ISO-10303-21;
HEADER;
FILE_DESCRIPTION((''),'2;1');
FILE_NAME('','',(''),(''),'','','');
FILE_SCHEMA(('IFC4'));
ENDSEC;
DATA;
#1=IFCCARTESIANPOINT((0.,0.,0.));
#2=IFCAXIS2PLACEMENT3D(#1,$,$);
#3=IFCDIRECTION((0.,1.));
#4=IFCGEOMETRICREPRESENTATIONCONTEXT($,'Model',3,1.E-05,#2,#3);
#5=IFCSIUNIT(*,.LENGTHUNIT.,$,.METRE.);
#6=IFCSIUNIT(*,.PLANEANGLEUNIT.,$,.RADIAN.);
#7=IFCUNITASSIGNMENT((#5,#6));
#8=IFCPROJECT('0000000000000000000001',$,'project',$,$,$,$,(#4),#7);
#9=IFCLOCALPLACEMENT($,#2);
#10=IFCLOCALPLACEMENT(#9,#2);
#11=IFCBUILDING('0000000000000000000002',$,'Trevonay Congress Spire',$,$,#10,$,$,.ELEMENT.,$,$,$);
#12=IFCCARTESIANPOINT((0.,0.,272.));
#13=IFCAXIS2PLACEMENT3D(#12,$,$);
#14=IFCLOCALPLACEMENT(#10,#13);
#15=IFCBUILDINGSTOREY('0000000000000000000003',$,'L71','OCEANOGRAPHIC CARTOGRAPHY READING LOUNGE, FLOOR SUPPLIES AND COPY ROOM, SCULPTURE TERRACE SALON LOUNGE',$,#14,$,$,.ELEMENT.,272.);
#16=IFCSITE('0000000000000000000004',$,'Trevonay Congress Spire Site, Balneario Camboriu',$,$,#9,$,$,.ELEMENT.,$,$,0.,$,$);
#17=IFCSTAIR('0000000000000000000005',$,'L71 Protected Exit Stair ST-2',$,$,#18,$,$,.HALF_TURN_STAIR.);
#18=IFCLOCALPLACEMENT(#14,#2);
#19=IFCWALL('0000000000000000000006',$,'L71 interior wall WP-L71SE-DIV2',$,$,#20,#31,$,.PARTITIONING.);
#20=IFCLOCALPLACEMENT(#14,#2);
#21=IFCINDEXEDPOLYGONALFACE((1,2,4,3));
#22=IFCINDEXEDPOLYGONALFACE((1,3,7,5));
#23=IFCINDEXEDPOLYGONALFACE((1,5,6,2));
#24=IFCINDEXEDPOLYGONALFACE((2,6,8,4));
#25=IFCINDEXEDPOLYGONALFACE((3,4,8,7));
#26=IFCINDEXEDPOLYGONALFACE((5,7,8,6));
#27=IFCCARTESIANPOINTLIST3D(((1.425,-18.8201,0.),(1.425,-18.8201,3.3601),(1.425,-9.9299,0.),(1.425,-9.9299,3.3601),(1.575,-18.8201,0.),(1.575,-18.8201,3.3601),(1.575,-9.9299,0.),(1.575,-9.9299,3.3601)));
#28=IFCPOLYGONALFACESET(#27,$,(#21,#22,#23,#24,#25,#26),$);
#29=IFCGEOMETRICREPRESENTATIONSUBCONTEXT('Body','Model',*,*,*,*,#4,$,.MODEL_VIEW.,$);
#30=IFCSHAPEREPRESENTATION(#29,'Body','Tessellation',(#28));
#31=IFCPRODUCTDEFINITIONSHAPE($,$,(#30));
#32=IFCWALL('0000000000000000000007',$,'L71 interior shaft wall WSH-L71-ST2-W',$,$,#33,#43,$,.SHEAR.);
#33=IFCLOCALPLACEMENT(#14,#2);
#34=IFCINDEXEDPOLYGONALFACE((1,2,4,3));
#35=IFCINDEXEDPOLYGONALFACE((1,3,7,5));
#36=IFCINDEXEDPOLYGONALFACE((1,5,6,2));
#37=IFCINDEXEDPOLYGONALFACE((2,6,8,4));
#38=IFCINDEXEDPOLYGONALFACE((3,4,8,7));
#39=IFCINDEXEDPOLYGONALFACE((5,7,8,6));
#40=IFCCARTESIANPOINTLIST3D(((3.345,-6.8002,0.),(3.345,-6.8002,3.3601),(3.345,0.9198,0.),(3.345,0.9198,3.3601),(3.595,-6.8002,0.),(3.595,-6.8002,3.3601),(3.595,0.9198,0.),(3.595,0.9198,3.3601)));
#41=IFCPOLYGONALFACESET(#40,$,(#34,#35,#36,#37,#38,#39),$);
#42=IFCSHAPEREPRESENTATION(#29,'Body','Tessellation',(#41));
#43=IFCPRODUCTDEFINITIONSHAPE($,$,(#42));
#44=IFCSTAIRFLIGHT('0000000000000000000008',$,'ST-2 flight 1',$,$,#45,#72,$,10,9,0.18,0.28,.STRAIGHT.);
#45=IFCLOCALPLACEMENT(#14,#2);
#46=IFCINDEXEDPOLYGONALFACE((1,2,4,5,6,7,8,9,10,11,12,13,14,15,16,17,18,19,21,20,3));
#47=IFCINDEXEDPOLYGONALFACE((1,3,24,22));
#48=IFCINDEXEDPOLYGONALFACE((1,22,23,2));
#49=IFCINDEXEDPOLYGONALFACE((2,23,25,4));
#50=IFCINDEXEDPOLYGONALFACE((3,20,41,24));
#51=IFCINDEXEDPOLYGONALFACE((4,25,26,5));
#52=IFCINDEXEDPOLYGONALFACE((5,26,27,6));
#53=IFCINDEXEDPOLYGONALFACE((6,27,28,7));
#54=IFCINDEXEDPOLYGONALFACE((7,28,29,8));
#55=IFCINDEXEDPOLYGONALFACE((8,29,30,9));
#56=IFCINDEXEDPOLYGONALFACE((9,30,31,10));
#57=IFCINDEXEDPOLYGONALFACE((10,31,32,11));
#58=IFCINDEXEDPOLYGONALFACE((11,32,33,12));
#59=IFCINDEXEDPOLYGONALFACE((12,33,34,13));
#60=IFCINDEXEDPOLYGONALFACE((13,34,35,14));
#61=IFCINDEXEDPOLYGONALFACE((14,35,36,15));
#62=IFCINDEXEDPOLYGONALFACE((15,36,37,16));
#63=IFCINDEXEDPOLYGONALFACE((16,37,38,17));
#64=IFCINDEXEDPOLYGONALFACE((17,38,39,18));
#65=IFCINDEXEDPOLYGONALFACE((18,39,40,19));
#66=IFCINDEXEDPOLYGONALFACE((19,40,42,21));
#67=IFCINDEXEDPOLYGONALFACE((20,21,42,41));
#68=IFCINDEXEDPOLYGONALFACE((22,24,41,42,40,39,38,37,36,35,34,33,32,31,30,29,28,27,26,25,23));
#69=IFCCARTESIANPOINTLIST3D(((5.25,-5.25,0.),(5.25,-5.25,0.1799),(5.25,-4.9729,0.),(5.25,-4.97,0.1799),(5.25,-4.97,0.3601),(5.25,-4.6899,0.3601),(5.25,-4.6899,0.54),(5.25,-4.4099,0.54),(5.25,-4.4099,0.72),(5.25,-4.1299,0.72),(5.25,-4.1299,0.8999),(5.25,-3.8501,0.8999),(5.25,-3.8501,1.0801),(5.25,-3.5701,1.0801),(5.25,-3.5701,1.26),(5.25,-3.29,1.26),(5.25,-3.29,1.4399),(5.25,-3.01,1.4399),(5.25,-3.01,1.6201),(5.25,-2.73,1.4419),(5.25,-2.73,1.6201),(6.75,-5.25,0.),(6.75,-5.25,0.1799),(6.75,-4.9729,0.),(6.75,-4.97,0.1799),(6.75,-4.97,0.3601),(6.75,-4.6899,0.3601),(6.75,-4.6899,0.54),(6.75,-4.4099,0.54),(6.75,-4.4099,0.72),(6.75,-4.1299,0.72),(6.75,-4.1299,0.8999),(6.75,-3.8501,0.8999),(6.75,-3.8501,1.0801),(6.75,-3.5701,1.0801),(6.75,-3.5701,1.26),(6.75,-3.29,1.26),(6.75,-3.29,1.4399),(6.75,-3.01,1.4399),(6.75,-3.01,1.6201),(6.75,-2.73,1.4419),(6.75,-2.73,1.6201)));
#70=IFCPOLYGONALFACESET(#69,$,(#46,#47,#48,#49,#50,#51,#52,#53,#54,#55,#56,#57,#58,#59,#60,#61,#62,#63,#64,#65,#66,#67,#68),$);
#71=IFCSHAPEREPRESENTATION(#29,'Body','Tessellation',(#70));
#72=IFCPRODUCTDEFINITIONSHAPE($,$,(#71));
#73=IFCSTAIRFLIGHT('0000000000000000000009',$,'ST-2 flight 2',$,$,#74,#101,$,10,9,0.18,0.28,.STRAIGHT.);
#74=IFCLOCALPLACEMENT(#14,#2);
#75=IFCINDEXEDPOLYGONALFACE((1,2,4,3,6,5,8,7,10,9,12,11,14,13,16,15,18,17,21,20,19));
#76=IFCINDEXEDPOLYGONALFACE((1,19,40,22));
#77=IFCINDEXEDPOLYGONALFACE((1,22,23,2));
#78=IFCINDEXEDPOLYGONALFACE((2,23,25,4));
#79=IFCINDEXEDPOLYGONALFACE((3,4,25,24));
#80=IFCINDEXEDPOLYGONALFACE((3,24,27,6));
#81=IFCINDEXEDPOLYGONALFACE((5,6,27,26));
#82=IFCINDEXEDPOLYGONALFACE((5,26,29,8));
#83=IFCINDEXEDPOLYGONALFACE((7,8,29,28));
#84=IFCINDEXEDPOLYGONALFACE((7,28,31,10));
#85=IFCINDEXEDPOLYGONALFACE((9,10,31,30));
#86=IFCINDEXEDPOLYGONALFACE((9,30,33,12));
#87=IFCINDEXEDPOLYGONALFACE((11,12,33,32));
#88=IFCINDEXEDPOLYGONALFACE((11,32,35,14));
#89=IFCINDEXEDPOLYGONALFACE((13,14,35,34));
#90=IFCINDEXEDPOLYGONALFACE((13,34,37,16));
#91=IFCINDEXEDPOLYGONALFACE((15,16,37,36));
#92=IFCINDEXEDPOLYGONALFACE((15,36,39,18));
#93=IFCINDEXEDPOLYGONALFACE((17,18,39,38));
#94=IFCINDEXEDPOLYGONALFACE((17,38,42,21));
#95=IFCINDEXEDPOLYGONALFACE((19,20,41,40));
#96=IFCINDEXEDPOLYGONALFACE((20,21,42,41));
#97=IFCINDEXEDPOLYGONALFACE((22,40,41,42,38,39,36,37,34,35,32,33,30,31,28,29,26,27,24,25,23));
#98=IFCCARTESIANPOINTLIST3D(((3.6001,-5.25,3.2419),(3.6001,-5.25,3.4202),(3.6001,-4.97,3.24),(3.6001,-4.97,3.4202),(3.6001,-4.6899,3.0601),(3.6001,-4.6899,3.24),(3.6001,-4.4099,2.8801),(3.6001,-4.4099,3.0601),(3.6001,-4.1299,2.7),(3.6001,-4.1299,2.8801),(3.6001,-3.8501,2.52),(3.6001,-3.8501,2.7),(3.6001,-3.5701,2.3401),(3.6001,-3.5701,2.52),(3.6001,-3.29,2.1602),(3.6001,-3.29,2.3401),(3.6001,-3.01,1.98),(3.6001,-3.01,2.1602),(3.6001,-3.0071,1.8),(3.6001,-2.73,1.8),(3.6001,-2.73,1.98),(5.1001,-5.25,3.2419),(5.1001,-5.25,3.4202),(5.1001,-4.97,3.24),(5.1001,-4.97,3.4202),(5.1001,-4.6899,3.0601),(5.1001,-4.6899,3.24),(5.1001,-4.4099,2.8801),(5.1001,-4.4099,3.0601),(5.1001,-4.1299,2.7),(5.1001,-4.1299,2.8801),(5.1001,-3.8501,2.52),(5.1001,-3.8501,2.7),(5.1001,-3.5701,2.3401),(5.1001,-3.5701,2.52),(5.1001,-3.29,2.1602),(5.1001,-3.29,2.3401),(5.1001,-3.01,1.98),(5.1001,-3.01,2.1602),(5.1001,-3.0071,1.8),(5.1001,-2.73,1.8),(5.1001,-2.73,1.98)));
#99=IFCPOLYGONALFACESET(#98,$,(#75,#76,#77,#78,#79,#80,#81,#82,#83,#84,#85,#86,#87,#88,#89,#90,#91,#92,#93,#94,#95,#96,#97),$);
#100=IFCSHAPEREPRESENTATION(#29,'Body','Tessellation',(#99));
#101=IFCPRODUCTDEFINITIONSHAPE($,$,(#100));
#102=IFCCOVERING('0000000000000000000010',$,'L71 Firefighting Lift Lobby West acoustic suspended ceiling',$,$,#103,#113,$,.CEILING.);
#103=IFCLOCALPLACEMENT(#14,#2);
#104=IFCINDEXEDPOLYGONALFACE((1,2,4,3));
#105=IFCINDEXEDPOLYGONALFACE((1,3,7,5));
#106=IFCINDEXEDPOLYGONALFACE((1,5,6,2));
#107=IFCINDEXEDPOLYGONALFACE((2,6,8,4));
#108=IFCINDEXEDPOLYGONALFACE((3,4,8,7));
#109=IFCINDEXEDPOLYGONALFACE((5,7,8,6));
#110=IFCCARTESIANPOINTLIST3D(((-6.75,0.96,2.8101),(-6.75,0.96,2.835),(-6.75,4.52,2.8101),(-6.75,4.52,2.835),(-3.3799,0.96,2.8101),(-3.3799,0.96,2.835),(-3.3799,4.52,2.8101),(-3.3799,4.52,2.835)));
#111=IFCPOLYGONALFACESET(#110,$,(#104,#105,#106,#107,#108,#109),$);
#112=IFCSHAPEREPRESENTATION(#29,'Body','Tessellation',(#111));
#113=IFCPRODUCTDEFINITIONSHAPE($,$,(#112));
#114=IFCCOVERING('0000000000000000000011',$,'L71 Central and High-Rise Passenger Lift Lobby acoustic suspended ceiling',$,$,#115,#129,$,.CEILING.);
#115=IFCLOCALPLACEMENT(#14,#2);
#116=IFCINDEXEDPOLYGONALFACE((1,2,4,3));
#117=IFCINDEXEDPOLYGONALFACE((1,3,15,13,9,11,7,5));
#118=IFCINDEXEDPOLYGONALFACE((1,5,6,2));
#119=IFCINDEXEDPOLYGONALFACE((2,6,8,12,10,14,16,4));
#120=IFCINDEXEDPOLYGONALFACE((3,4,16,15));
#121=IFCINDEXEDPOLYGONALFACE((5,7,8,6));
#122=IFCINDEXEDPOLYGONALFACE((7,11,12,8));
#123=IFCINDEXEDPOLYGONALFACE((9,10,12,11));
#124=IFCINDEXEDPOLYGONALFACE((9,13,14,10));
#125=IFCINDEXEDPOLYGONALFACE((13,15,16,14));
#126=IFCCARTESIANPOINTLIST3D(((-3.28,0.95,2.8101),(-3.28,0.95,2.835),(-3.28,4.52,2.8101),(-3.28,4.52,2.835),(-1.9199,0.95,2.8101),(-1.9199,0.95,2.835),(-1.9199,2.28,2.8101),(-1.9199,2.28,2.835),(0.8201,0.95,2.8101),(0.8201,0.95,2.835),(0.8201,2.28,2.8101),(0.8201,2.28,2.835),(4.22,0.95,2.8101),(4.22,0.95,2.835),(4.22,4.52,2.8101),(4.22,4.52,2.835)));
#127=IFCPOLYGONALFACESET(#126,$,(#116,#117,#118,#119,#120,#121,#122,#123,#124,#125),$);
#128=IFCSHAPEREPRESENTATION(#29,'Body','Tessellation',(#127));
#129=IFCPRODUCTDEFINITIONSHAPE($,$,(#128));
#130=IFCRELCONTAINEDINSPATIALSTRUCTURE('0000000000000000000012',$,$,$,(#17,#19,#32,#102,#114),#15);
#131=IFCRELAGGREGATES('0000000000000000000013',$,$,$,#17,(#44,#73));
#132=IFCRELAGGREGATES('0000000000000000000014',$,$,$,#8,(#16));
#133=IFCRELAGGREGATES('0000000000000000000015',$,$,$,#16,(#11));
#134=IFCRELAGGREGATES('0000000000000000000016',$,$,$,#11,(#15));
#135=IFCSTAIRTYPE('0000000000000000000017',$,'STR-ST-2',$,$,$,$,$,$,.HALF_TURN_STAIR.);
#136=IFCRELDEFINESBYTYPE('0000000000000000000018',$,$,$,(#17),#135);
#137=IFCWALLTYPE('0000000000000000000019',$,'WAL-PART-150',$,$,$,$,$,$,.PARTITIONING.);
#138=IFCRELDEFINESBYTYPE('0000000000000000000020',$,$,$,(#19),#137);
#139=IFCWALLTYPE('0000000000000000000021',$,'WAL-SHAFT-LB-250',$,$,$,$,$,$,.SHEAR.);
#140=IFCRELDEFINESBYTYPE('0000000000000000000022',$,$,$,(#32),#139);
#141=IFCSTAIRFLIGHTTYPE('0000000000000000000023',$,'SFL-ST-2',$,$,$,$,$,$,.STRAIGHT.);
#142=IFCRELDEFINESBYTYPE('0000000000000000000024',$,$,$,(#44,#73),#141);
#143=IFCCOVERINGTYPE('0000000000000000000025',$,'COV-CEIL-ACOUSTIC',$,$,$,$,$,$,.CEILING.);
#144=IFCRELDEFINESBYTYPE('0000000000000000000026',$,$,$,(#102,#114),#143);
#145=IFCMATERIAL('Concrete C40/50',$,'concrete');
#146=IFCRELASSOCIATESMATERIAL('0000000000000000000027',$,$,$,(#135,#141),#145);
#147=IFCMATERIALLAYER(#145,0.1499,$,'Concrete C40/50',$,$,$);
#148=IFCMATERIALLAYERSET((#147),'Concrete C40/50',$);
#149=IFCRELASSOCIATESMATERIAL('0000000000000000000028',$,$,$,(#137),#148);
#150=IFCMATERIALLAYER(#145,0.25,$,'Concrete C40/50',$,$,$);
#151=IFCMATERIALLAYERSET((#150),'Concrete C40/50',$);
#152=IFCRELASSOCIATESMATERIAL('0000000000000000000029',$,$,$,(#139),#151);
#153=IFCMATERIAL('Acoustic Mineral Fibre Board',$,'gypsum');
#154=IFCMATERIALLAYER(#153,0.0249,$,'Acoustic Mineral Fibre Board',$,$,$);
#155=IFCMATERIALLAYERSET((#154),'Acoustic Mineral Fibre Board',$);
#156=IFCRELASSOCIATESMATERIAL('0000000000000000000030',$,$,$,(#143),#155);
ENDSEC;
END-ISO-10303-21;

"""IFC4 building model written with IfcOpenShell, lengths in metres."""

from ifc_helpers import new_model, si_unit, direction, frame, frame_2d, origin, place, context, subcontext, project, spatial, polyline, rectangle, outline, extrude, material, layer, layer_set, type_object, element, aggregate, save


model = new_model("IFC4")

# Units and contexts
model_context = context("Model", 3, precision=1e-05, world=origin(), true_north=direction((0.0, 1.0)))
body_context = subcontext(model_context, "Body", "Model", "MODEL_VIEW")
ifc_project = project(units=[si_unit("LENGTHUNIT", "METRE"), si_unit("PLANEANGLEUNIT", "RADIAN")], contexts=[model_context])

# Site, building, storey
site_placement = place(None, origin())
site = spatial("IfcSite", under=ifc_project, at=site_placement, Name="Trevonay Congress Spire Site, Balneario Camboriu", CompositionType="ELEMENT", RefElevation=0.0)
building_placement = place(site_placement, origin())
building = spatial("IfcBuilding", under=site, at=building_placement, Name="Trevonay Congress Spire", CompositionType="ELEMENT")
storey_placement = place(building_placement, frame((0.0, 0.0, 272.0)))
storey = spatial("IfcBuildingStorey", under=building, at=storey_placement, Name="L71", Description="OCEANOGRAPHIC CARTOGRAPHY READING LOUNGE, FLOOR SUPPLIES AND COPY ROOM, SCULPTURE TERRACE SALON LOUNGE", CompositionType="ELEMENT", Elevation=272.0)

# Stair
ifc_material_1 = material(Name="Concrete C40/50", Category="concrete")
stair_type = type_object("IfcStairType", Name="STR-ST-2", PredefinedType="HALF_TURN_STAIR", material=ifc_material_1)
stair_placement = place(storey_placement, origin())
stair = element("IfcStair", 1, at=stair_placement, inside=storey, type_object=stair_type, Name="L71 Protected Exit Stair ST-2", PredefinedType="HALF_TURN_STAIR")

# Walls
ifc_layer_1 = layer(ifc_material_1, 0.1499, Name="Concrete C40/50")
ifc_layer_set_1 = layer_set([ifc_layer_1], Name="Concrete C40/50")
wall_type_1 = type_object("IfcWallType", Name="WAL-PART-150", PredefinedType="PARTITIONING", material=ifc_layer_set_1)
wall_1_placement = place(storey_placement, frame((1.5, -18.8201, 0.0), z_axis=(0.0, 0.0, 1.0), x_axis=(0.0, 1.0, 0.0)))
element("IfcWall", 2, at=wall_1_placement, inside=storey, type_object=wall_type_1, Name="L71 interior wall WP-L71SE-DIV2", PredefinedType="PARTITIONING", context=body_context, shape_type="SweptSolid", body=[
    extrude(rectangle(XDim=8.8901, YDim=0.1499, at=frame_2d((4.4451, 0.0))), origin(), (0.0, 0.0, 1.0), 3.3601),
])
ifc_layer_2 = layer(ifc_material_1, 0.25, Name="Concrete C40/50")
ifc_layer_set_2 = layer_set([ifc_layer_2], Name="Concrete C40/50")
wall_type_2 = type_object("IfcWallType", Name="WAL-SHAFT-LB-250", PredefinedType="SHEAR", material=ifc_layer_set_2)
wall_2_placement = place(storey_placement, frame((3.47, -6.8, 0.0), z_axis=(0.0, 0.0, 1.0), x_axis=(0.0, 1.0, 0.0)))
element("IfcWall", 3, at=wall_2_placement, inside=storey, type_object=wall_type_2, Name="L71 interior shaft wall WSH-L71-ST2-W", PredefinedType="SHEAR", context=body_context, shape_type="SweptSolid", body=[
    extrude(rectangle(XDim=7.72, YDim=0.25, at=frame_2d((3.8599, 0.0))), origin(), (0.0, 0.0, 1.0), 3.3601),
])

# Stair flights
stair_flight_type = type_object("IfcStairFlightType", Name="SFL-ST-2", PredefinedType="STRAIGHT", material=ifc_material_1)
stair_flight_1_placement = place(storey_placement, frame((6.0, -5.25, 0.0), z_axis=(0.0, 0.0, 1.0), x_axis=(0.0, 1.0, 0.0)))
stair_flight_1 = element("IfcStairFlight", 4, at=stair_flight_1_placement, type_object=stair_flight_type, Name="ST-2 flight 1", NumberOfRisers=10, NumberOfTreads=9, PredefinedType="STRAIGHT", RiserHeight=0.18, TreadLength=0.28, context=body_context, shape_type="SweptSolid", body=[
    extrude(outline(polyline([(0.0, 0.0), (0.0, 0.1799), (0.28, 0.1799), (0.28, 0.3601), (0.5601, 0.3601), (0.5601, 0.54), (0.8401, 0.54), (0.8401, 0.72), (1.1201, 0.72), (1.1201, 0.8999), (1.3999, 0.8999), (1.3999, 1.0801), (1.6799, 1.0801), (1.6799, 1.26), (1.96, 1.26), (1.96, 1.4399), (2.24, 1.4399), (2.24, 1.6201), (2.52, 1.6201), (2.52, 1.8), (2.52, 1.4419), (0.2771, 0.0), (0.0, 0.0)])), frame((0.0, 0.75, 0.0), z_axis=(0.0, -1.0, 0.0), x_axis=(1.0, 0.0, 0.0)), (0.0, 0.0, 1.0), 1.5),
])
stair_flight_2_placement = place(storey_placement, frame((4.3501, -2.73, 1.8), z_axis=(0.0, 0.0, 1.0), x_axis=(0.0, -1.0, 0.0)))
stair_flight_2 = element("IfcStairFlight", 5, at=stair_flight_2_placement, type_object=stair_flight_type, Name="ST-2 flight 2", NumberOfRisers=10, NumberOfTreads=9, PredefinedType="STRAIGHT", RiserHeight=0.18, TreadLength=0.28, context=body_context, shape_type="SweptSolid", body=[
    extrude(outline(polyline([(0.0, 0.0), (0.0, 0.1799), (0.28, 0.1799), (0.28, 0.3601), (0.5601, 0.3601), (0.5601, 0.54), (0.8401, 0.54), (0.8401, 0.72), (1.1201, 0.72), (1.1201, 0.8999), (1.3999, 0.8999), (1.3999, 1.0801), (1.6799, 1.0801), (1.6799, 1.26), (1.96, 1.26), (1.96, 1.4399), (2.24, 1.4399), (2.24, 1.6201), (2.52, 1.6201), (2.52, 1.8), (2.52, 1.4419), (0.2771, 0.0), (0.0, 0.0)])), frame((0.0, 0.75, 0.0), z_axis=(0.0, -1.0, 0.0), x_axis=(1.0, 0.0, 0.0)), (0.0, 0.0, 1.0), 1.5),
])
aggregate(stair, [stair_flight_1, stair_flight_2])

# Coverings
ifc_material_2 = material(Name="Acoustic Mineral Fibre Board", Category="gypsum")
ifc_layer_3 = layer(ifc_material_2, 0.0249, Name="Acoustic Mineral Fibre Board")
ifc_layer_set_3 = layer_set([ifc_layer_3], Name="Acoustic Mineral Fibre Board")
covering_type_1 = type_object("IfcCoveringType", Name="COV-CEIL-ACOUSTIC", PredefinedType="CEILING", material=ifc_layer_set_3)
covering_1_placement = place(storey_placement, frame((0.0, 0.0, 2.8101)))
element("IfcCovering", 6, at=covering_1_placement, inside=storey, type_object=covering_type_1, Name="L71 Firefighting Lift Lobby West acoustic suspended ceiling", PredefinedType="CEILING", context=body_context, shape_type="SweptSolid", body=[
    extrude(outline(polyline([(-6.75, 0.96), (-3.3799, 0.96), (-3.3799, 4.52), (-6.75, 4.52), (-6.75, 0.96)])), origin(), (0.0, 0.0, 1.0), 0.0249),
])
covering_2_placement = place(storey_placement, frame((0.0, 0.0, 2.8101)))
element("IfcCovering", 7, at=covering_2_placement, inside=storey, type_object=covering_type_1, Name="L71 Central and High-Rise Passenger Lift Lobby acoustic suspended ceiling", PredefinedType="CEILING", context=body_context, shape_type="SweptSolid", body=[
    extrude(outline(polyline([(-3.28, 0.95), (-1.9199, 0.95), (-1.9199, 2.28), (0.8201, 2.28), (0.8201, 0.95), (4.22, 0.95), (4.22, 4.52), (-3.28, 4.52), (-3.28, 0.95)])), origin(), (0.0, 0.0, 1.0), 0.0249),
])

save(model, "model.ifc")
